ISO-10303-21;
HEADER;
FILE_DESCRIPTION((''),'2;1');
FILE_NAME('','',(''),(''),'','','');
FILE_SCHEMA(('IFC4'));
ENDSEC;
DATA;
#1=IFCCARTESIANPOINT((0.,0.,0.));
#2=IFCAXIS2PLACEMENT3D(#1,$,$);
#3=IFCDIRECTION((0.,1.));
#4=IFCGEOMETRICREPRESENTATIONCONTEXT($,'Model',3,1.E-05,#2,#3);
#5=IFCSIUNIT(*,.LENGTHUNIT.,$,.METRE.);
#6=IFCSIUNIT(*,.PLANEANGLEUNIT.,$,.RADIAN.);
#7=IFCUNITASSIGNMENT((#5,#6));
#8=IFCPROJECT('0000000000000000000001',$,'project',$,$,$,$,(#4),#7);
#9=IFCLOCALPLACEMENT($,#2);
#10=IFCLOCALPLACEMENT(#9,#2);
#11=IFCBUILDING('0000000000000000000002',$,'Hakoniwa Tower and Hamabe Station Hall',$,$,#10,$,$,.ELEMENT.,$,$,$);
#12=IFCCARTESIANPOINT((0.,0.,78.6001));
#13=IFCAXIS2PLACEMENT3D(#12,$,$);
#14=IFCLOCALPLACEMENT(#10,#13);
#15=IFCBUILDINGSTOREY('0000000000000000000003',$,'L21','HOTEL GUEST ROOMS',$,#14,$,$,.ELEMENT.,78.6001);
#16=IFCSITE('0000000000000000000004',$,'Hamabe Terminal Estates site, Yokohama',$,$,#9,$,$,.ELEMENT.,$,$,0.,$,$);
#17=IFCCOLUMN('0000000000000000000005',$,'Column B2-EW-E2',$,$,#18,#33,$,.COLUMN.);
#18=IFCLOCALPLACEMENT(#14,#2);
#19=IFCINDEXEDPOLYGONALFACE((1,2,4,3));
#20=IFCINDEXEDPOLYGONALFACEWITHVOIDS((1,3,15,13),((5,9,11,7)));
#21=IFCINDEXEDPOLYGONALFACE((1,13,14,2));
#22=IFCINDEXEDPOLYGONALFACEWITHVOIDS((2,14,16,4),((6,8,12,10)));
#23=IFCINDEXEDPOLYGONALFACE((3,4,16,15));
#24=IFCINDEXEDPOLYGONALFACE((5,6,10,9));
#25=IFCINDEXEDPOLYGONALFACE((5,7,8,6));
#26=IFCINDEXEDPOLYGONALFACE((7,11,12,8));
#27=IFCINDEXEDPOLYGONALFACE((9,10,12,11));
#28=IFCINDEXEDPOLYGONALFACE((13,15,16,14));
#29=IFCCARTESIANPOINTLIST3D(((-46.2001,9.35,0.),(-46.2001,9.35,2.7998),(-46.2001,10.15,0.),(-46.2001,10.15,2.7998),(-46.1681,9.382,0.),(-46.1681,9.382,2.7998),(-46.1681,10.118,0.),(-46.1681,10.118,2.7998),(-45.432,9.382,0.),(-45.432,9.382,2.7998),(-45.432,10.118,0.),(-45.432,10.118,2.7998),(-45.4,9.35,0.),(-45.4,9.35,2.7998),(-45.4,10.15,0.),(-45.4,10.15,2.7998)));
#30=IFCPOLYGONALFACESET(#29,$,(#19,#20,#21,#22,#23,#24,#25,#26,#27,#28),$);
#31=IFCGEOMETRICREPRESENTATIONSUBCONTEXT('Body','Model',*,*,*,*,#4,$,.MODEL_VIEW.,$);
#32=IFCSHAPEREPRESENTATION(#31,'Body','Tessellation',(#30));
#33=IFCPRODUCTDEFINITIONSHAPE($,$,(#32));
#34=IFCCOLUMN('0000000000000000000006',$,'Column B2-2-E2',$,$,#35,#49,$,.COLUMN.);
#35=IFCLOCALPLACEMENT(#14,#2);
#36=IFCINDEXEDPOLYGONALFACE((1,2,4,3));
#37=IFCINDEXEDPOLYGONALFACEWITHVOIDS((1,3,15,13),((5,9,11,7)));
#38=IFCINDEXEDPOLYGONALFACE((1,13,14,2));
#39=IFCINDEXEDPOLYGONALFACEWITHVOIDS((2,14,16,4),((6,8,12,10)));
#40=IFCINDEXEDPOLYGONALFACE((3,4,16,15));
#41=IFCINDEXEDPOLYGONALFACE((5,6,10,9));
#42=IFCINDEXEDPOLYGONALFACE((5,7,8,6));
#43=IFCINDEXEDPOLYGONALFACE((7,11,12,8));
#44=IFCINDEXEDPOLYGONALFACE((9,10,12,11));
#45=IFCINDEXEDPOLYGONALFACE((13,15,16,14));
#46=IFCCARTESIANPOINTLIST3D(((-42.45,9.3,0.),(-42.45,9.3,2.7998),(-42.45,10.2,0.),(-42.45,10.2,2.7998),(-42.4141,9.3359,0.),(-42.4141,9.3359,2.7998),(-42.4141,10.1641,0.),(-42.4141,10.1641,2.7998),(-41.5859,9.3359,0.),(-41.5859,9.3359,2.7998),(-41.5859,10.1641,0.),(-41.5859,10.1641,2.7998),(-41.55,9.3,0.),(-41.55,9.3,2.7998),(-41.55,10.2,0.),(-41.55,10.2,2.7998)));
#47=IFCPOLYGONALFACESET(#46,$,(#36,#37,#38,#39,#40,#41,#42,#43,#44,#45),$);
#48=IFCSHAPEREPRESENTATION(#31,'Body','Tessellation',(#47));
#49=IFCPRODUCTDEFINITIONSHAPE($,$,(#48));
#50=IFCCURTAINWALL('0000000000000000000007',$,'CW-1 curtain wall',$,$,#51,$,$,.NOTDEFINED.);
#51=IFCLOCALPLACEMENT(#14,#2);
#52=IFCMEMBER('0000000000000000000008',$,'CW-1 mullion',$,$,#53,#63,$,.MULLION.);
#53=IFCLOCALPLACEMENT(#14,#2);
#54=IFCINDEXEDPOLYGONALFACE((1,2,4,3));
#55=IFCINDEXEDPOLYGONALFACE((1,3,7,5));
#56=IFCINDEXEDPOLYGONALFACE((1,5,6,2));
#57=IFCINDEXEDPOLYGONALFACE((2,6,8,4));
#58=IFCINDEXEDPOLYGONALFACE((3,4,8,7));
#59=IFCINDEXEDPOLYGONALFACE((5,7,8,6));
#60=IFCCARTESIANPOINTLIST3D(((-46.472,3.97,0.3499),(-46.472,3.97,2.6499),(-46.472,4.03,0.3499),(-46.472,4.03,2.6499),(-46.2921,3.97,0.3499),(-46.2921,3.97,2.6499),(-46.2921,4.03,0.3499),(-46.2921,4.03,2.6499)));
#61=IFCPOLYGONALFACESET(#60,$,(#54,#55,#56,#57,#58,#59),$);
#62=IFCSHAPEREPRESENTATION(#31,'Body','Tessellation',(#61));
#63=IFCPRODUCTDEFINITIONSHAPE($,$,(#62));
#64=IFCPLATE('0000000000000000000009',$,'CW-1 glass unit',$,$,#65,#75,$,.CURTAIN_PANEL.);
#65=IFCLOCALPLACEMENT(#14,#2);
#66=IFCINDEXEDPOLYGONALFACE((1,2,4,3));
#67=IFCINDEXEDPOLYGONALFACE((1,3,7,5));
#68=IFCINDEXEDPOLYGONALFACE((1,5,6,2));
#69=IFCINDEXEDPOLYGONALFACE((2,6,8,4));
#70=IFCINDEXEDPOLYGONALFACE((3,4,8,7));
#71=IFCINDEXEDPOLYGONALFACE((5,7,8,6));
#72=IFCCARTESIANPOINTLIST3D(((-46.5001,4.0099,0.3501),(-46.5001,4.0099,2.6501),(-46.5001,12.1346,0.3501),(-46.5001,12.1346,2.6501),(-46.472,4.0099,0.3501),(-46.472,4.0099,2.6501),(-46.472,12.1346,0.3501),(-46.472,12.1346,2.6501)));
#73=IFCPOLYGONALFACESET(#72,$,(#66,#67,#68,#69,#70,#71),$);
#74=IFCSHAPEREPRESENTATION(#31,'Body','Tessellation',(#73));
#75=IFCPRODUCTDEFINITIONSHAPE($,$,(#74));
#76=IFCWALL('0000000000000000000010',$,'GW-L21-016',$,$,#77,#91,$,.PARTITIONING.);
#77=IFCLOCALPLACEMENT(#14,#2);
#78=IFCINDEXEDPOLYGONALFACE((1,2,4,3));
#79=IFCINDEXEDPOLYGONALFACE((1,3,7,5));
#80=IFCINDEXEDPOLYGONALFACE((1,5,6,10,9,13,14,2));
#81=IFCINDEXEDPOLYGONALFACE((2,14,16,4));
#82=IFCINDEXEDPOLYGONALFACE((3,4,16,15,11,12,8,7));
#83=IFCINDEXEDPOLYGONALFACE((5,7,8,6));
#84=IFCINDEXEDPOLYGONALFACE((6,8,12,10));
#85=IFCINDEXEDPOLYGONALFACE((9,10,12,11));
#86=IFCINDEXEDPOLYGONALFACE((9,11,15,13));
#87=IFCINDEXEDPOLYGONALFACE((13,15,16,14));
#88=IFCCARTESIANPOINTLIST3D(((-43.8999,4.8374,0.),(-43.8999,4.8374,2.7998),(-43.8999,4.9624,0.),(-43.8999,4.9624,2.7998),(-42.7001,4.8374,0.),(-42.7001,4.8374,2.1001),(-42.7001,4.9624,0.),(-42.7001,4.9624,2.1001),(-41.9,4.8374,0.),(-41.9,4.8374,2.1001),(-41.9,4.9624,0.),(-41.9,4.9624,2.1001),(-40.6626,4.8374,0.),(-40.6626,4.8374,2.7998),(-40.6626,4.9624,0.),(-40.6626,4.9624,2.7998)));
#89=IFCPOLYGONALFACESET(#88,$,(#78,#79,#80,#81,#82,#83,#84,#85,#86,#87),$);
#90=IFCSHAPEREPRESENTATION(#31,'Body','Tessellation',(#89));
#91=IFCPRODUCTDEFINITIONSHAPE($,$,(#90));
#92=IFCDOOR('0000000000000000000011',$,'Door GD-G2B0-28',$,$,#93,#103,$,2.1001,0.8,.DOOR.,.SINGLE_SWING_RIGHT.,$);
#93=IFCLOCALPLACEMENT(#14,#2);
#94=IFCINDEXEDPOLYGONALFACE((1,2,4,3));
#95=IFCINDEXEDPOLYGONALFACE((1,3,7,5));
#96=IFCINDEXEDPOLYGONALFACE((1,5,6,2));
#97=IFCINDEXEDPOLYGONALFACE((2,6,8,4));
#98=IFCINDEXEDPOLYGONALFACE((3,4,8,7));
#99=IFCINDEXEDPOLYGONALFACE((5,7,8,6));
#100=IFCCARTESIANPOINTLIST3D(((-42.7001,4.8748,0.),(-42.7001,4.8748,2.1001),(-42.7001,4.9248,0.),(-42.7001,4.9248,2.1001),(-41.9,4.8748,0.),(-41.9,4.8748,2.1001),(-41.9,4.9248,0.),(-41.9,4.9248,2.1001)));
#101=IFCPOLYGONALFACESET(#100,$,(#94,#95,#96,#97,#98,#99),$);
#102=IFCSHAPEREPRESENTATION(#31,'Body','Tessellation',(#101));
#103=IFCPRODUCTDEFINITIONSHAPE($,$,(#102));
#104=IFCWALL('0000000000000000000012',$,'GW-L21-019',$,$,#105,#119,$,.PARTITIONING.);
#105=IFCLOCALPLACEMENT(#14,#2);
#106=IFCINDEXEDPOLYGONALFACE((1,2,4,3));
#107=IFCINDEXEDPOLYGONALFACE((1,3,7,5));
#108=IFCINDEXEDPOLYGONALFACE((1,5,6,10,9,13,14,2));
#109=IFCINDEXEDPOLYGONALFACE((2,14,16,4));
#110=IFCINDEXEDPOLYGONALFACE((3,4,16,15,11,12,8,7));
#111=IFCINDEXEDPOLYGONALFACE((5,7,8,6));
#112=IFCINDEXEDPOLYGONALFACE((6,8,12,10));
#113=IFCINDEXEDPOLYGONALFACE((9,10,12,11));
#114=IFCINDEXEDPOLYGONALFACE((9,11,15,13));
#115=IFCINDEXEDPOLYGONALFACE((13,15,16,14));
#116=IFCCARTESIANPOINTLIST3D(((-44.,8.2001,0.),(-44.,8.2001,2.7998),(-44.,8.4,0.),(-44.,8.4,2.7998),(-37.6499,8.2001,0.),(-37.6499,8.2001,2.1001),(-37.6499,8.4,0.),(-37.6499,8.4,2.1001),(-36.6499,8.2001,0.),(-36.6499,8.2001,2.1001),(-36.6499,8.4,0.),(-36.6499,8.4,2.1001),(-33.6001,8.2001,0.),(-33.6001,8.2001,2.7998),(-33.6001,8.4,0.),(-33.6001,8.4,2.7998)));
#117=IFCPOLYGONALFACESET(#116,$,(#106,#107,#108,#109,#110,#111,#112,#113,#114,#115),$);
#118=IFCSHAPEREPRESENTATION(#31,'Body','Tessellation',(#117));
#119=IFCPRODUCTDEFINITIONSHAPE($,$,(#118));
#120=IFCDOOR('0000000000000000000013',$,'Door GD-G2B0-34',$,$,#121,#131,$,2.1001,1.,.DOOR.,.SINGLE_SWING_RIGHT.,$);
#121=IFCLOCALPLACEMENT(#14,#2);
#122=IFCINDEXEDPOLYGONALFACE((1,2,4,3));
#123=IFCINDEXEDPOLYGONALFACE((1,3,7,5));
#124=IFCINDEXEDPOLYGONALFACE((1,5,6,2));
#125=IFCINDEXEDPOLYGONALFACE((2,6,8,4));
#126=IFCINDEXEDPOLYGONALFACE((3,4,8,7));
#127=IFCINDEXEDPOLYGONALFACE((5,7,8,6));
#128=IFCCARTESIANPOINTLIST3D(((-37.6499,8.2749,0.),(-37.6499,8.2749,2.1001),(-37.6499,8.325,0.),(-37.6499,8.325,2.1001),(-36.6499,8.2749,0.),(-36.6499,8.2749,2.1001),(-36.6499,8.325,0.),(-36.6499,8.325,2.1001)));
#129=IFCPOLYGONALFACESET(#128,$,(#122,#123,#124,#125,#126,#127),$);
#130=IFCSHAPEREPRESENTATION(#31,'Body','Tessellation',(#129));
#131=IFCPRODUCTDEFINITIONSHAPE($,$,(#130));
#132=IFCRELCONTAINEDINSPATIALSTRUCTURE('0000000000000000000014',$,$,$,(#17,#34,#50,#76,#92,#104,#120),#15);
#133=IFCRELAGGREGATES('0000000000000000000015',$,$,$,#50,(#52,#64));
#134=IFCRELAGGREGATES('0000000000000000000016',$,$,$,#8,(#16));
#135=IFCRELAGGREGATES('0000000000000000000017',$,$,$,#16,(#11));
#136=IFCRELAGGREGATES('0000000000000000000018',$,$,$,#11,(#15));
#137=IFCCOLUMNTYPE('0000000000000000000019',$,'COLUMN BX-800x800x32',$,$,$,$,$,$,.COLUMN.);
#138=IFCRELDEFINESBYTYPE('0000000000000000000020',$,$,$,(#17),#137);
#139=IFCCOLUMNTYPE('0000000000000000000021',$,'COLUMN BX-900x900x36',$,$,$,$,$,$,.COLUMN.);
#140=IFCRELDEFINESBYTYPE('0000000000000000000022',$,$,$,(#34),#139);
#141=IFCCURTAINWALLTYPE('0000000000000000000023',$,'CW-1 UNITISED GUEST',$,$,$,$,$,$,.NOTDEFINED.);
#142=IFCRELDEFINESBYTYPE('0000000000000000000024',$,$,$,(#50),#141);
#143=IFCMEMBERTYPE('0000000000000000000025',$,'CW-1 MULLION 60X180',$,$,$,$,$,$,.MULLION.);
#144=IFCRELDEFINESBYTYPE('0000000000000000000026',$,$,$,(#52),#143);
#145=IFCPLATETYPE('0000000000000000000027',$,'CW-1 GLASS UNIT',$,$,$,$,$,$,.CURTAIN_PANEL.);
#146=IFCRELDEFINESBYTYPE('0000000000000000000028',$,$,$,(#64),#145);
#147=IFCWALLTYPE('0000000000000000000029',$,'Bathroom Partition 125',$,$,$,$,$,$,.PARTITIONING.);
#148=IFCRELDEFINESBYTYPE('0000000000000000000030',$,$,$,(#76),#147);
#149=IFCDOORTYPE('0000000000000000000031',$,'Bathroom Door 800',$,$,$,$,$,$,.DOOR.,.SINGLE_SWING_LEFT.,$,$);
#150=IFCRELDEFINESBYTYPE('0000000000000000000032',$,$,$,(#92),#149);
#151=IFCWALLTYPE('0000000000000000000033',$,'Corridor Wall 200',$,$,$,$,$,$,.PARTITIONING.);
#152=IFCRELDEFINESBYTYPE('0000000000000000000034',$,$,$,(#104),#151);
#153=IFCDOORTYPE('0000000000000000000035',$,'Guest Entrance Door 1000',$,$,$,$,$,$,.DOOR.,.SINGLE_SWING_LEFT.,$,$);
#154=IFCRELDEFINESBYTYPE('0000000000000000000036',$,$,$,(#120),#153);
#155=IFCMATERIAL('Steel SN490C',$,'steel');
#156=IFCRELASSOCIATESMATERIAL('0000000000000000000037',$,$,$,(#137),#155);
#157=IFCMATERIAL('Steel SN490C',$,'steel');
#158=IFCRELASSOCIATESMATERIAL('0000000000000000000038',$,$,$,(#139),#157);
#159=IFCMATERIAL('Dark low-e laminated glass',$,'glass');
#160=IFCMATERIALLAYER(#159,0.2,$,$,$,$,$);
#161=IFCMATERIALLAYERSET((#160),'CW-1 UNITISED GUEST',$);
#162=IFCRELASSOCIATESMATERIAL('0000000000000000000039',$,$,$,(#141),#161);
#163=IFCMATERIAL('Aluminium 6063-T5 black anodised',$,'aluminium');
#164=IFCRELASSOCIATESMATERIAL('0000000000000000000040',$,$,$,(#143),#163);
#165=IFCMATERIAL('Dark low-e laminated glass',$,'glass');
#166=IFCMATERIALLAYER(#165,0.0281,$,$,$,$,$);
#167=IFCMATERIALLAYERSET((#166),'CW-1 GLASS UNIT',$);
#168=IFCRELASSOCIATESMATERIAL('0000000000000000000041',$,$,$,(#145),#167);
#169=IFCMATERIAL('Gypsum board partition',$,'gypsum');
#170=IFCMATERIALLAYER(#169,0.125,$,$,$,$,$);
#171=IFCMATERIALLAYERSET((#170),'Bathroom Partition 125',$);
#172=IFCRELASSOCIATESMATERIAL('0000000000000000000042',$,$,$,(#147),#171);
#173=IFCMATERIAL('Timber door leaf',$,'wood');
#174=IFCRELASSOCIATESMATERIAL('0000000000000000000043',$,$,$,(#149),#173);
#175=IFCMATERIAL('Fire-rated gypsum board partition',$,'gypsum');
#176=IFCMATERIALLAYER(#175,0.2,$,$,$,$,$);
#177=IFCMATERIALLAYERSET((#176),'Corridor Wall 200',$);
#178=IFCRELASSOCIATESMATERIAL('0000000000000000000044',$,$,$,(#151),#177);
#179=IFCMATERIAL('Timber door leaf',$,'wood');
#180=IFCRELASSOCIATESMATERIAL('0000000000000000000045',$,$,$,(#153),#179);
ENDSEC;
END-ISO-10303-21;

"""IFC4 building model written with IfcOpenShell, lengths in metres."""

from ifc_helpers import new_model, si_unit, direction, frame, frame_2d, origin, origin_2d, place, context, subcontext, project, spatial, rectangle, hollow_rectangle, extrude, material, layer, layer_set, material_profile, profile_set, type_object, element, fill, aggregate, save


model = new_model("IFC4")

# Units and contexts
model_context = context("Model", 3, precision=1e-05, world=origin(), true_north=direction((0.0, 1.0)))
body_context = subcontext(model_context, "Body", "Model", "MODEL_VIEW")
ifc_project = project(units=[si_unit("LENGTHUNIT", "METRE"), si_unit("PLANEANGLEUNIT", "RADIAN")], contexts=[model_context])

# Site, building, storey
site_placement = place(None, origin())
site = spatial("IfcSite", under=ifc_project, at=site_placement, Name="Hamabe Terminal Estates site, Yokohama", CompositionType="ELEMENT", RefElevation=0.0)
building_placement = place(site_placement, origin())
building = spatial("IfcBuilding", under=site, at=building_placement, Name="Hakoniwa Tower and Hamabe Station Hall", CompositionType="ELEMENT")
storey_placement = place(building_placement, frame((0.0, 0.0, 78.6001)))
storey = spatial("IfcBuildingStorey", under=building, at=storey_placement, Name="L21", Description="HOTEL GUEST ROOMS", CompositionType="ELEMENT", Elevation=78.6001)

# Columns
ifc_material_1 = material(Name="Steel SN490C", Category="steel")
ifc_material_profile_1 = material_profile(ifc_material_1, hollow_rectangle(XDim=0.8, YDim=0.8, WallThickness=0.032, at=origin_2d()), Name="BX-800x800x32")
ifc_profile_set_1 = profile_set([ifc_material_profile_1], Name="Steel SN490C")
column_type_1 = type_object("IfcColumnType", Name="COLUMN BX-800x800x32", PredefinedType="COLUMN", material=ifc_profile_set_1)
column_1_placement = place(storey_placement, frame((-45.8, 9.75, 0.0), z_axis=(0.0, 0.0, 1.0), x_axis=(1.0, 0.0, 0.0)))
element("IfcColumn", 1, at=column_1_placement, inside=storey, type_object=column_type_1, Name="Column B2-EW-E2", PredefinedType="COLUMN", context=body_context, shape_type="SweptSolid", body=[
    extrude(hollow_rectangle(XDim=0.8, YDim=0.8, WallThickness=0.032, at=origin_2d()), origin(), (0.0, 0.0, 1.0), 2.7998),
])
ifc_material_2 = material(Name="Steel SN490C", Category="steel")
ifc_material_profile_2 = material_profile(ifc_material_2, hollow_rectangle(XDim=0.8999, YDim=0.8999, WallThickness=0.0359, at=origin_2d()), Name="BX-900x900x36")
ifc_profile_set_2 = profile_set([ifc_material_profile_2], Name="Steel SN490C")
column_type_2 = type_object("IfcColumnType", Name="COLUMN BX-900x900x36", PredefinedType="COLUMN", material=ifc_profile_set_2)
column_2_placement = place(storey_placement, frame((-42.0, 9.75, 0.0), z_axis=(0.0, 0.0, 1.0), x_axis=(1.0, 0.0, 0.0)))
element("IfcColumn", 2, at=column_2_placement, inside=storey, type_object=column_type_2, Name="Column B2-2-E2", PredefinedType="COLUMN", context=body_context, shape_type="SweptSolid", body=[
    extrude(hollow_rectangle(XDim=0.8999, YDim=0.8999, WallThickness=0.0359, at=origin_2d()), origin(), (0.0, 0.0, 1.0), 2.7998),
])

# Curtain wall, member, plate
ifc_material_3 = material(Name="Dark low-e laminated glass", Category="glass")
ifc_layer_1 = layer(ifc_material_3, 0.2)
ifc_layer_set_1 = layer_set([ifc_layer_1], Name="CW-1 UNITISED GUEST")
curtain_wall_type = type_object("IfcCurtainWallType", Name="CW-1 UNITISED GUEST", PredefinedType="NOTDEFINED", material=ifc_layer_set_1)
curtain_wall_placement = place(storey_placement, origin())
curtain_wall = element("IfcCurtainWall", 3, at=curtain_wall_placement, inside=storey, type_object=curtain_wall_type, Name="CW-1 curtain wall", PredefinedType="NOTDEFINED")
ifc_material_4 = material(Name="Aluminium 6063-T5 black anodised", Category="aluminium")
ifc_material_profile_3 = material_profile(ifc_material_4, rectangle(XDim=0.0601, YDim=0.1799, at=origin_2d()), Name="CW-1 MULLION 60X180")
ifc_profile_set_3 = profile_set([ifc_material_profile_3], Name="Aluminium 6063-T5 black anodised")
member_type = type_object("IfcMemberType", Name="CW-1 MULLION 60X180", PredefinedType="MULLION", material=ifc_profile_set_3)
member_placement = place(storey_placement, frame((-46.3821, 4.0, 0.3499), z_axis=(0.0, 0.0, 1.0), x_axis=(0.0, -1.0, 0.0)))
member = element("IfcMember", 4, at=member_placement, type_object=member_type, Name="CW-1 mullion", PredefinedType="MULLION", context=body_context, shape_type="SweptSolid", body=[
    extrude(rectangle(XDim=0.0601, YDim=0.1799, at=origin_2d()), origin(), (0.0, 0.0, 1.0), 2.3),
])
ifc_material_5 = material(Name="Dark low-e laminated glass", Category="glass")
ifc_layer_2 = layer(ifc_material_5, 0.0281)
ifc_layer_set_2 = layer_set([ifc_layer_2], Name="CW-1 GLASS UNIT")
plate_type = type_object("IfcPlateType", Name="CW-1 GLASS UNIT", PredefinedType="CURTAIN_PANEL", material=ifc_layer_set_2)
plate_placement = place(storey_placement, frame((-46.4861, 8.0723, 0.3501), z_axis=(0.0, 0.0, 1.0), x_axis=(0.0, -1.0, 0.0)))
plate = element("IfcPlate", 5, at=plate_placement, type_object=plate_type, Name="CW-1 glass unit", PredefinedType="CURTAIN_PANEL", context=body_context, shape_type="SweptSolid", body=[
    extrude(rectangle(XDim=8.1248, YDim=0.0281, at=origin_2d()), origin(), (0.0, 0.0, 1.0), 2.3),
])
aggregate(curtain_wall, [member, plate])

# Walls, openings, doors
ifc_material_6 = material(Name="Gypsum board partition", Category="gypsum")
ifc_layer_3 = layer(ifc_material_6, 0.125)
ifc_layer_set_3 = layer_set([ifc_layer_3], Name="Bathroom Partition 125")
wall_type_1 = type_object("IfcWallType", Name="Bathroom Partition 125", PredefinedType="PARTITIONING", material=ifc_layer_set_3)
wall_1_placement = place(storey_placement, frame((-43.8999, 4.8999, 0.0), z_axis=(0.0, 0.0, 1.0), x_axis=(1.0, 0.0, 0.0)))
wall_1 = element("IfcWall", 6, at=wall_1_placement, inside=storey, type_object=wall_type_1, Name="GW-L21-016", PredefinedType="PARTITIONING", context=body_context, shape_type="SweptSolid", body=[
    extrude(rectangle(XDim=3.2373, YDim=0.125, at=frame_2d((1.6187, 0.0))), origin(), (0.0, 0.0, 1.0), 2.7998),
])
opening_1_placement = place(wall_1_placement, frame((1.2, 0.0, 0.0)))
opening_1 = element("IfcOpeningElement", 7, at=opening_1_placement, cuts=wall_1, PredefinedType="OPENING", context=body_context, shape_type="SweptSolid", body=[
    extrude(rectangle(XDim=0.8, YDim=2.1001, at=frame_2d((0.3999, 1.05))), frame((0.0, 0.0725, 0.0), z_axis=(0.0, -1.0, 0.0), x_axis=(1.0, 0.0, 0.0)), (0.0, 0.0, 1.0), 0.145),
])
ifc_material_7 = material(Name="Timber door leaf", Category="wood")
door_type_1 = type_object("IfcDoorType", Name="Bathroom Door 800", OperationType="SINGLE_SWING_LEFT", PredefinedType="DOOR", material=ifc_material_7)
door_1_placement = place(opening_1_placement, origin())
door_1 = element("IfcDoor", 8, at=door_1_placement, inside=storey, type_object=door_type_1, Name="Door GD-G2B0-28", OperationType="SINGLE_SWING_RIGHT", OverallHeight=2.1001, OverallWidth=0.8, PredefinedType="DOOR", context=body_context, shape_type="SweptSolid", body=[
    extrude(rectangle(XDim=0.8, YDim=2.1001, at=frame_2d((0.3999, 1.05))), frame((0.0, 0.0249, 0.0), z_axis=(0.0, -1.0, 0.0), x_axis=(1.0, 0.0, 0.0)), (0.0, 0.0, 1.0), 0.05),
])
fill(opening_1, door_1)
ifc_material_8 = material(Name="Fire-rated gypsum board partition", Category="gypsum")
ifc_layer_4 = layer(ifc_material_8, 0.2)
ifc_layer_set_4 = layer_set([ifc_layer_4], Name="Corridor Wall 200")
wall_type_2 = type_object("IfcWallType", Name="Corridor Wall 200", PredefinedType="PARTITIONING", material=ifc_layer_set_4)
wall_2_placement = place(storey_placement, frame((-44.0, 8.3, 0.0), z_axis=(0.0, 0.0, 1.0), x_axis=(1.0, 0.0, 0.0)))
wall_2 = element("IfcWall", 9, at=wall_2_placement, inside=storey, type_object=wall_type_2, Name="GW-L21-019", PredefinedType="PARTITIONING", context=body_context, shape_type="SweptSolid", body=[
    extrude(rectangle(XDim=10.3999, YDim=0.2, at=frame_2d((5.2, 0.0))), origin(), (0.0, 0.0, 1.0), 2.7998),
])
opening_2_placement = place(wall_2_placement, frame((6.3501, 0.0, 0.0)))
opening_2 = element("IfcOpeningElement", 10, at=opening_2_placement, cuts=wall_2, PredefinedType="OPENING", context=body_context, shape_type="SweptSolid", body=[
    extrude(rectangle(XDim=1.0, YDim=2.1001, at=frame_2d((0.5, 1.05))), frame((0.0, 0.1099, 0.0), z_axis=(0.0, -1.0, 0.0), x_axis=(1.0, 0.0, 0.0)), (0.0, 0.0, 1.0), 0.22),
])
ifc_material_9 = material(Name="Timber door leaf", Category="wood")
door_type_2 = type_object("IfcDoorType", Name="Guest Entrance Door 1000", OperationType="SINGLE_SWING_LEFT", PredefinedType="DOOR", material=ifc_material_9)
door_2_placement = place(opening_2_placement, origin())
door_2 = element("IfcDoor", 11, at=door_2_placement, inside=storey, type_object=door_type_2, Name="Door GD-G2B0-34", OperationType="SINGLE_SWING_RIGHT", OverallHeight=2.1001, OverallWidth=1.0, PredefinedType="DOOR", context=body_context, shape_type="SweptSolid", body=[
    extrude(rectangle(XDim=1.0, YDim=2.1001, at=frame_2d((0.5, 1.05))), frame((0.0, 0.0249, 0.0), z_axis=(0.0, -1.0, 0.0), x_axis=(1.0, 0.0, 0.0)), (0.0, 0.0, 1.0), 0.05),
])
fill(opening_2, door_2)

save(model, "model.ifc")
